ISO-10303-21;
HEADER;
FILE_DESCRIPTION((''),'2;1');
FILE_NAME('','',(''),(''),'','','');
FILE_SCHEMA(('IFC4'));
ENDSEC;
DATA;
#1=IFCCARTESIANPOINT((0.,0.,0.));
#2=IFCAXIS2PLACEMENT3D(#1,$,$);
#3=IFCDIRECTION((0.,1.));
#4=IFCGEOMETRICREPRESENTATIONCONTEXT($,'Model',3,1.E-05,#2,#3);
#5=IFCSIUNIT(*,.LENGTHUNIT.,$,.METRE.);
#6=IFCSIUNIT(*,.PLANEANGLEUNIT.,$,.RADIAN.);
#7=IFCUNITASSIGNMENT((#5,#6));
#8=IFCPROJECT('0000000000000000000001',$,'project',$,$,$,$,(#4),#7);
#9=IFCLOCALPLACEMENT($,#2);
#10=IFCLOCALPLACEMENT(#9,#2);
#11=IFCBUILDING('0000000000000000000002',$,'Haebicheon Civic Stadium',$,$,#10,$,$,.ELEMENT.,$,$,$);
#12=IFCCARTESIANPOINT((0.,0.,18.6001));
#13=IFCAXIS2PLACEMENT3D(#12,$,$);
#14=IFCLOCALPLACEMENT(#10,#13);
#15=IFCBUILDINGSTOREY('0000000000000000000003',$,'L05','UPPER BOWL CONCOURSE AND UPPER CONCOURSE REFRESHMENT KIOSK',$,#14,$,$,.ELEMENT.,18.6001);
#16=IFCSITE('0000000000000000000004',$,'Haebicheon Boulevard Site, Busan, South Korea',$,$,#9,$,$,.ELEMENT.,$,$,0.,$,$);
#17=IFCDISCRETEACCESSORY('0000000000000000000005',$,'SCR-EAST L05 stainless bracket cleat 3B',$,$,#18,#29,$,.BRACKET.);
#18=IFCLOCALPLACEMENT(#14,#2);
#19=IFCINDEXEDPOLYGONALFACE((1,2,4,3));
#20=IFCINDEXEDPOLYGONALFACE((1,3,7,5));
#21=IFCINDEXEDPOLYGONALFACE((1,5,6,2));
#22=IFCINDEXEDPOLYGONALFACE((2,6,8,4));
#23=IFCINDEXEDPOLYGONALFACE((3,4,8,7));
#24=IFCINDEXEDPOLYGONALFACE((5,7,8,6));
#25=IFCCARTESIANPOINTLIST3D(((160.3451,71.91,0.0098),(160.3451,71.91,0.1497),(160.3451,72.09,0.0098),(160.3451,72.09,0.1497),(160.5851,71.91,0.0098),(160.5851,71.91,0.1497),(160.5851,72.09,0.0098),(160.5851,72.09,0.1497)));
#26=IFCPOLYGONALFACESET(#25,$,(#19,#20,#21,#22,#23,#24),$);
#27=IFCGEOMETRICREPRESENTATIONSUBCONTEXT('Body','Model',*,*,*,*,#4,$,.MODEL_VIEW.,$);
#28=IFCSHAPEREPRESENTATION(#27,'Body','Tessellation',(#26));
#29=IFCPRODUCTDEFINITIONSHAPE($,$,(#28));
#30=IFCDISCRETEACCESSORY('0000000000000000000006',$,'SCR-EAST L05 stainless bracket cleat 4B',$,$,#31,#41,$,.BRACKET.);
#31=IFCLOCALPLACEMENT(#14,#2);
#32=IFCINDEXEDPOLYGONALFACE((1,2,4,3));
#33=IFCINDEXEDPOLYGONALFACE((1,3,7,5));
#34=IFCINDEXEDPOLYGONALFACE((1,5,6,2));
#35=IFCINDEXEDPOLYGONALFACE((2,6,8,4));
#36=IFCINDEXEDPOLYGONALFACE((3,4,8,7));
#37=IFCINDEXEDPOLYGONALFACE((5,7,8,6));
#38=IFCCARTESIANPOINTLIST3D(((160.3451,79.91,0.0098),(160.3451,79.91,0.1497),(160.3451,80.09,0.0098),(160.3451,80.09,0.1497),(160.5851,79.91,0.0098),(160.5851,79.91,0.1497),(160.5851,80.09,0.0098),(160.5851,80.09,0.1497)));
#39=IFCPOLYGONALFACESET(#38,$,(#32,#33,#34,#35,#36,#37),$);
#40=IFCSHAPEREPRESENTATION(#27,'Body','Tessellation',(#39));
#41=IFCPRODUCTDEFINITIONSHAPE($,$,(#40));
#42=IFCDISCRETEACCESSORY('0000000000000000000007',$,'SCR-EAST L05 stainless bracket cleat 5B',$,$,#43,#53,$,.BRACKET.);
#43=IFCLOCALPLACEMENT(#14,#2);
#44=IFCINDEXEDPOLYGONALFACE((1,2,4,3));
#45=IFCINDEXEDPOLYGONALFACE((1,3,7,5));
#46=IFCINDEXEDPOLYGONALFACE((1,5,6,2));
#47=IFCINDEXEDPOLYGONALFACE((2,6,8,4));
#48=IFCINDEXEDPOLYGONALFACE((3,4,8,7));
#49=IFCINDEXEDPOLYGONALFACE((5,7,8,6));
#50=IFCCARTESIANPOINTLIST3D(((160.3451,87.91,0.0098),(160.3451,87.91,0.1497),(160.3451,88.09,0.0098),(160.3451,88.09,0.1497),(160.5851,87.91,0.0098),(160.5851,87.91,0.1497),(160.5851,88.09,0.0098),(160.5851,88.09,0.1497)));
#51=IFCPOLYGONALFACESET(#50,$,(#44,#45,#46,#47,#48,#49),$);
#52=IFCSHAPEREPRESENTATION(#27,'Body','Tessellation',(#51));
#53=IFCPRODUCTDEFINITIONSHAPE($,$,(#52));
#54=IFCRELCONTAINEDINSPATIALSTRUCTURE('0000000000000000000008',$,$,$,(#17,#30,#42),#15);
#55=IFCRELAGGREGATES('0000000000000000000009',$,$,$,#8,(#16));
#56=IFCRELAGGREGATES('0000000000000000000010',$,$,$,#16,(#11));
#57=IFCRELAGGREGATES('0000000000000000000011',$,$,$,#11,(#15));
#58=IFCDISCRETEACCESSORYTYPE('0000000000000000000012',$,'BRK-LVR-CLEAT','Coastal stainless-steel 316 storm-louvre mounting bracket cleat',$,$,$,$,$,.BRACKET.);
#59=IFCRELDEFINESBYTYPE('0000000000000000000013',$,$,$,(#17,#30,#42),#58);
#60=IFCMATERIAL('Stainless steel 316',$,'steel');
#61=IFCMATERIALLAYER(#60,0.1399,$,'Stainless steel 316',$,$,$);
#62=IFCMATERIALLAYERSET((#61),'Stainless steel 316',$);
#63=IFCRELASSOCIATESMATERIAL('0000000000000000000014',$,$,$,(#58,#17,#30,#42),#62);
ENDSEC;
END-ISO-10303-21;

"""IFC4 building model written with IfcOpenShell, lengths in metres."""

from ifc_helpers import new_model, si_unit, direction, frame, origin, origin_2d, place, context, subcontext, project, spatial, rectangle, extrude, material, layer, layer_set, type_object, element, save


model = new_model("IFC4")

# Units and contexts
model_context = context("Model", 3, precision=1e-05, world=origin(), true_north=direction((0.0, 1.0)))
body_context = subcontext(model_context, "Body", "Model", "MODEL_VIEW")
ifc_project = project(units=[si_unit("LENGTHUNIT", "METRE"), si_unit("PLANEANGLEUNIT", "RADIAN")], contexts=[model_context])

# Site, building, storey
site_placement = place(None, origin())
site = spatial("IfcSite", under=ifc_project, at=site_placement, Name="Haebicheon Boulevard Site, Busan, South Korea", CompositionType="ELEMENT", RefElevation=0.0)
building_placement = place(site_placement, origin())
building = spatial("IfcBuilding", under=site, at=building_placement, Name="Haebicheon Civic Stadium", CompositionType="ELEMENT")
storey_placement = place(building_placement, frame((0.0, 0.0, 18.6001)))
storey = spatial("IfcBuildingStorey", under=building, at=storey_placement, Name="L05", Description="UPPER BOWL CONCOURSE AND UPPER CONCOURSE REFRESHMENT KIOSK", CompositionType="ELEMENT", Elevation=18.6001)

# Discrete accessories
ifc_material_1 = material(Name="Stainless steel 316", Category="steel")
ifc_layer_1 = layer(ifc_material_1, 0.1399, Name="Stainless steel 316")
ifc_layer_set_1 = layer_set([ifc_layer_1], Name="Stainless steel 316")
discrete_accessory_type = type_object("IfcDiscreteAccessoryType", Name="BRK-LVR-CLEAT", Description="Coastal stainless-steel 316 storm-louvre mounting bracket cleat", PredefinedType="BRACKET", material=ifc_layer_set_1)
for number, where, z_axis, x_axis, name in (
    (1, (160.4651, 72.0, 0.0098), (0.0, 0.0, 1.0), (1.0, 0.0, 0.0), "SCR-EAST L05 stainless bracket cleat 3B"),
    (2, (160.4651, 80.0, 0.0098), (0.0, 0.0, 1.0), (1.0, 0.0, 0.0), "SCR-EAST L05 stainless bracket cleat 4B"),
    (3, (160.4651, 88.0, 0.0098), (0.0, 0.0, 1.0), (1.0, 0.0, 0.0), "SCR-EAST L05 stainless bracket cleat 5B"),
):
    element("IfcDiscreteAccessory", number, at=place(storey_placement, frame(where, z_axis=z_axis, x_axis=x_axis)), inside=storey, type_object=discrete_accessory_type, material=ifc_layer_set_1, Name=name, PredefinedType="BRACKET", context=body_context, shape_type="SweptSolid", body=[
        extrude(rectangle(XDim=0.24, YDim=0.1799, at=origin_2d()), origin(), (0.0, 0.0, 1.0), 0.1399),
    ])

save(model, "model.ifc")
